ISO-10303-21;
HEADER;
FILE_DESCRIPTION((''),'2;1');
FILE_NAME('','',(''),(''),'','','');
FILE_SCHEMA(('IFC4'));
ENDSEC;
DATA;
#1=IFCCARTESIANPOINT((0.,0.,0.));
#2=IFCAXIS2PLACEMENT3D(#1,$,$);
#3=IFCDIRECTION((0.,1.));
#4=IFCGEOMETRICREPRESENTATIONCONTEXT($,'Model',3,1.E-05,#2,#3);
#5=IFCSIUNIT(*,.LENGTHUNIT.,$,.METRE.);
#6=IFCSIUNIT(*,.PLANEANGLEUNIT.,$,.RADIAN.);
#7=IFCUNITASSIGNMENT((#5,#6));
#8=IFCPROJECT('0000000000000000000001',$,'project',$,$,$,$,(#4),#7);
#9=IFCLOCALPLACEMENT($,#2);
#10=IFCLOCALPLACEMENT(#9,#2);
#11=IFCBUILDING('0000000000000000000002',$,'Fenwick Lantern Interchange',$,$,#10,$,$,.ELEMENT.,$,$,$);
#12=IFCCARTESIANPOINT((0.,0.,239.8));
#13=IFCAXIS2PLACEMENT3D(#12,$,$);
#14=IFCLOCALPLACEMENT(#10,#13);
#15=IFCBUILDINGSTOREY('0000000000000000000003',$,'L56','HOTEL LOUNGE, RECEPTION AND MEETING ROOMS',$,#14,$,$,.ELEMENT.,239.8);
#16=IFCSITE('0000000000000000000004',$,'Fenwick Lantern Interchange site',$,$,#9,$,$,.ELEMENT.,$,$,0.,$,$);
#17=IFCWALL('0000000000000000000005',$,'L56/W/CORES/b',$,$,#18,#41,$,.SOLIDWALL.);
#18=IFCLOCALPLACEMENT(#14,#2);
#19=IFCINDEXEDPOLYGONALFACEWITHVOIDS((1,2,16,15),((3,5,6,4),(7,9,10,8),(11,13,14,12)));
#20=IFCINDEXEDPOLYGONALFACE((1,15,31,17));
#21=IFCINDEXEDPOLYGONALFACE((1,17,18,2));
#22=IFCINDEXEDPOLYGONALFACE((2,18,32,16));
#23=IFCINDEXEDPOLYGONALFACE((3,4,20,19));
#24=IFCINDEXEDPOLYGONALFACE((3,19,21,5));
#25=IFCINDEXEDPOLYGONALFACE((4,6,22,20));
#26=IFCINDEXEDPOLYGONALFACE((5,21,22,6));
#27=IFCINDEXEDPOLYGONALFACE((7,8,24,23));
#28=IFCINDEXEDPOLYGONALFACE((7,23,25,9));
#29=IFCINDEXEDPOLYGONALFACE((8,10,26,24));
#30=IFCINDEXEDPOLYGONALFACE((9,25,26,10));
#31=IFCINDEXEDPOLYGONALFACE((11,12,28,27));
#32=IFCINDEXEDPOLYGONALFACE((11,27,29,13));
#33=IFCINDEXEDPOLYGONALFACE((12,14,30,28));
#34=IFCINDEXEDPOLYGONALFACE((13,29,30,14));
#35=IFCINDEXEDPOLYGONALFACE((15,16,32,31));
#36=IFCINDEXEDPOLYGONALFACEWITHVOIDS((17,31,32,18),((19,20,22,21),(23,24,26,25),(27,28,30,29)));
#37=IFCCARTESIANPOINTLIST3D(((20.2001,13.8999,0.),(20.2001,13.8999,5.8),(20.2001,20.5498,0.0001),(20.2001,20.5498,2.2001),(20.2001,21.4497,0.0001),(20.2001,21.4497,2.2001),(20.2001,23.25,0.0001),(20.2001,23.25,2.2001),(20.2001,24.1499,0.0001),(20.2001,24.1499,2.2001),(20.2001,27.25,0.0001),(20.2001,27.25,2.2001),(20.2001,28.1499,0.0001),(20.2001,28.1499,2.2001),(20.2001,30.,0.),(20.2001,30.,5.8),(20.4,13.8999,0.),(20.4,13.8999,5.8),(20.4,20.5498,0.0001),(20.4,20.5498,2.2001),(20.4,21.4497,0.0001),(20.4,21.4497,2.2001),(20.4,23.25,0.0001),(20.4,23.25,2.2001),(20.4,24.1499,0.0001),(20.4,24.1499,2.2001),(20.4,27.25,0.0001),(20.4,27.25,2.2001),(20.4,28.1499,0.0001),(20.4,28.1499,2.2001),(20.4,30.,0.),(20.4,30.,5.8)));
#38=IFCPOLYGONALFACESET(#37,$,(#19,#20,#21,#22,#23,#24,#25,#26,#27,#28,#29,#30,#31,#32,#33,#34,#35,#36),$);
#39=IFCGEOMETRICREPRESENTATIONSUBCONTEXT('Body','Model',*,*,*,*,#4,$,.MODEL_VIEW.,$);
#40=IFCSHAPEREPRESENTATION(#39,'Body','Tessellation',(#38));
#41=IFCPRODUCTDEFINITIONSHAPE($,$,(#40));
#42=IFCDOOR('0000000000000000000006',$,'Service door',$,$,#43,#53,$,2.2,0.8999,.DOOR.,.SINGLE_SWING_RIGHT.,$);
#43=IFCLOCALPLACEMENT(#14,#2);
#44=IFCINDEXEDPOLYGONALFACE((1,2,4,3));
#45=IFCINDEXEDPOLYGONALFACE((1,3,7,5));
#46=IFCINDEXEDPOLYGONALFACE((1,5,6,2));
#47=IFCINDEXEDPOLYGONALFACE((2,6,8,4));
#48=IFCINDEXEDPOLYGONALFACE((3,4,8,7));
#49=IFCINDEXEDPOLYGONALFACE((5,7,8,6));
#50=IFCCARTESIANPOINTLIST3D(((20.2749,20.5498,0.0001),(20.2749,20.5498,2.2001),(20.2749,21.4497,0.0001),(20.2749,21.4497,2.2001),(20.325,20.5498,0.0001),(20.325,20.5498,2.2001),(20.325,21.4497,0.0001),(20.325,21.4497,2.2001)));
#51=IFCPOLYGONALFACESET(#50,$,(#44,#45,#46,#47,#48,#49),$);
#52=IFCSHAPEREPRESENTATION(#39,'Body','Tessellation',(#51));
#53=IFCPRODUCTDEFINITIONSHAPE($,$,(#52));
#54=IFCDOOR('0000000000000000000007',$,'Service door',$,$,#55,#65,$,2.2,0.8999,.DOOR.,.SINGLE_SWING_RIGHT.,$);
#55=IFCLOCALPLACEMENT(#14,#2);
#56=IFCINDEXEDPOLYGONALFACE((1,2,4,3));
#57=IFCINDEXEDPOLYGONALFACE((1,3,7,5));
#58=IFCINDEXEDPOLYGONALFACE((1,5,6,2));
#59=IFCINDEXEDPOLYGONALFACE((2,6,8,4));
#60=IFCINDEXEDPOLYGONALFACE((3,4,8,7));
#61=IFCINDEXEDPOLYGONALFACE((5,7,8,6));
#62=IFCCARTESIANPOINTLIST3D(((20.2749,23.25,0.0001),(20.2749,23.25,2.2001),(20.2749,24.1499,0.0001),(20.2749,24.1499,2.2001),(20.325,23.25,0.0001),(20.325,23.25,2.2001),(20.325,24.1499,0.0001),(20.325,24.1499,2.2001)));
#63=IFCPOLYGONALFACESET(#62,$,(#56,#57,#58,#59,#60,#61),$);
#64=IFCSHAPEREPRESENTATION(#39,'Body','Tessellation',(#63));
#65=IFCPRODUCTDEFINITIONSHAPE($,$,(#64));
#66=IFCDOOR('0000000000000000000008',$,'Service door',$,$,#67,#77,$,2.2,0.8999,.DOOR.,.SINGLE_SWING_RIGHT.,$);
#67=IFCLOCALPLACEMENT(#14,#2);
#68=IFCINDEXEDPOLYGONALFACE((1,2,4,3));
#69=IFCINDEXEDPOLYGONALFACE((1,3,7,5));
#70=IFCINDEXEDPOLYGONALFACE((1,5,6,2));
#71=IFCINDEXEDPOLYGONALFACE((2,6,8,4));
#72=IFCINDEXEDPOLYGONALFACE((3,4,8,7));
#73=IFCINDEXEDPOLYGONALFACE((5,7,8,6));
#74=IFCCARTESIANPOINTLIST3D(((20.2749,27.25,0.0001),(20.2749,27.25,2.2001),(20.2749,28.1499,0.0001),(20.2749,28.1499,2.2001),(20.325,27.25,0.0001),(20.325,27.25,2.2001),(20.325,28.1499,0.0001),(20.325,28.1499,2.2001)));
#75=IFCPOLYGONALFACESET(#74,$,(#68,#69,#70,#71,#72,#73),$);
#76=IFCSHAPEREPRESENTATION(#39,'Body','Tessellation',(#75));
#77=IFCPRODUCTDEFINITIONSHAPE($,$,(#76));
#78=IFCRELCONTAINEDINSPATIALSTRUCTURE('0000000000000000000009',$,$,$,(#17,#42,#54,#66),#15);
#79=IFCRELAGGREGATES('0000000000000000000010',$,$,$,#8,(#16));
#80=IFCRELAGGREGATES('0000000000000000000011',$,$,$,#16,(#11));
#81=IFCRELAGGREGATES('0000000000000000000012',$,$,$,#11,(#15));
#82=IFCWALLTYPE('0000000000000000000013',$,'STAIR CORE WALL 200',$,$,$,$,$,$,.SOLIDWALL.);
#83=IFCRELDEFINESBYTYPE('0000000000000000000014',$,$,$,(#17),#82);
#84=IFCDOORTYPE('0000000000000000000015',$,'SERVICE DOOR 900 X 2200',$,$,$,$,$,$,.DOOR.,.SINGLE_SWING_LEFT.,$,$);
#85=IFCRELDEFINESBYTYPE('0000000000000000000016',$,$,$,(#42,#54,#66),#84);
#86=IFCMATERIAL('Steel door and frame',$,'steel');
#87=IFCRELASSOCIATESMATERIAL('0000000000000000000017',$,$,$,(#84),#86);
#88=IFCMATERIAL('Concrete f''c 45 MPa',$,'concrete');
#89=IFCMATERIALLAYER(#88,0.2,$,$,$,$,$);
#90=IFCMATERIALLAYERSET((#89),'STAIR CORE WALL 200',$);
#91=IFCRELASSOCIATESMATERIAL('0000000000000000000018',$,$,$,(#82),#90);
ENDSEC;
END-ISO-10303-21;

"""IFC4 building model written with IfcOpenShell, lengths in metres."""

from ifc_helpers import new_model, si_unit, direction, frame, frame_2d, origin, place, context, subcontext, project, spatial, rectangle, extrude, material, layer, layer_set, type_object, element, fill, save


model = new_model("IFC4")

# Units and contexts
model_context = context("Model", 3, precision=1e-05, world=origin(), true_north=direction((0.0, 1.0)))
body_context = subcontext(model_context, "Body", "Model", "MODEL_VIEW")
ifc_project = project(units=[si_unit("LENGTHUNIT", "METRE"), si_unit("PLANEANGLEUNIT", "RADIAN")], contexts=[model_context])

# Site, building, storey
site_placement = place(None, origin())
site = spatial("IfcSite", under=ifc_project, at=site_placement, Name="Fenwick Lantern Interchange site", CompositionType="ELEMENT", RefElevation=0.0)
building_placement = place(site_placement, origin())
building = spatial("IfcBuilding", under=site, at=building_placement, Name="Fenwick Lantern Interchange", CompositionType="ELEMENT")
storey_placement = place(building_placement, frame((0.0, 0.0, 239.8)))
storey = spatial("IfcBuildingStorey", under=building, at=storey_placement, Name="L56", Description="HOTEL LOUNGE, RECEPTION AND MEETING ROOMS", CompositionType="ELEMENT", Elevation=239.8)

# Wall, openings, doors
ifc_material_1 = material(Name="Steel door and frame", Category="steel")
door_type_1 = type_object("IfcDoorType", Name="SERVICE DOOR 900 X 2200", OperationType="SINGLE_SWING_LEFT", PredefinedType="DOOR", material=ifc_material_1)
ifc_material_2 = material(Name="Concrete f'c 45 MPa", Category="concrete")
ifc_layer_1 = layer(ifc_material_2, 0.2)
ifc_layer_set_1 = layer_set([ifc_layer_1], Name="STAIR CORE WALL 200")
wall_type_1 = type_object("IfcWallType", Name="STAIR CORE WALL 200", PredefinedType="SOLIDWALL", material=ifc_layer_set_1)
wall_1_placement = place(storey_placement, frame((20.3, 13.8999, 0.0), z_axis=(0.0, 0.0, 1.0), x_axis=(0.0, 1.0, 0.0)))
wall_1 = element("IfcWall", 1, at=wall_1_placement, inside=storey, type_object=wall_type_1, Name="L56/W/CORES/b", PredefinedType="SOLIDWALL", context=body_context, shape_type="SweptSolid", body=[
    extrude(rectangle(XDim=16.1001, YDim=0.2, at=frame_2d((8.05, 0.0))), origin(), (0.0, 0.0, 1.0), 5.8),
])
opening_1_placement = place(wall_1_placement, frame((6.6499, 0.0, 0.0)))
opening_1 = element("IfcOpeningElement", 2, at=opening_1_placement, cuts=wall_1, PredefinedType="OPENING", context=body_context, shape_type="SweptSolid", body=[
    extrude(rectangle(XDim=0.8999, YDim=2.2, at=frame_2d((0.45, 1.1001))), frame((0.0, 0.1099, 0.0), z_axis=(0.0, -1.0, 0.0), x_axis=(1.0, 0.0, 0.0)), (0.0, 0.0, 1.0), 0.22),
])
opening_2_placement = place(wall_1_placement, frame((9.3501, 0.0, 0.0)))
opening_2 = element("IfcOpeningElement", 3, at=opening_2_placement, cuts=wall_1, PredefinedType="OPENING", context=body_context, shape_type="SweptSolid", body=[
    extrude(rectangle(XDim=0.8999, YDim=2.2, at=frame_2d((0.45, 1.1001))), frame((0.0, 0.1099, 0.0), z_axis=(0.0, -1.0, 0.0), x_axis=(1.0, 0.0, 0.0)), (0.0, 0.0, 1.0), 0.22),
])
opening_3_placement = place(wall_1_placement, frame((13.3501, 0.0, 0.0)))
opening_3 = element("IfcOpeningElement", 4, at=opening_3_placement, cuts=wall_1, PredefinedType="OPENING", context=body_context, shape_type="SweptSolid", body=[
    extrude(rectangle(XDim=0.8999, YDim=2.2, at=frame_2d((0.45, 1.1001))), frame((0.0, 0.1099, 0.0), z_axis=(0.0, -1.0, 0.0), x_axis=(1.0, 0.0, 0.0)), (0.0, 0.0, 1.0), 0.22),
])
door_1_placement = place(opening_1_placement, frame((0.8999, 0.0, 0.0), z_axis=(0.0, 0.0, 1.0), x_axis=(-1.0, 0.0, 0.0)))
door_1 = element("IfcDoor", 5, at=door_1_placement, inside=storey, type_object=door_type_1, Name="Service door", OperationType="SINGLE_SWING_RIGHT", OverallHeight=2.2, OverallWidth=0.8999, PredefinedType="DOOR", context=body_context, shape_type="SweptSolid", body=[
    extrude(rectangle(XDim=0.8999, YDim=2.2, at=frame_2d((0.45, 1.1001))), frame((0.0, 0.0249, 0.0), z_axis=(0.0, -1.0, 0.0), x_axis=(1.0, 0.0, 0.0)), (0.0, 0.0, 1.0), 0.05),
])
fill(opening_1, door_1)
door_2_placement = place(opening_2_placement, frame((0.8999, 0.0, 0.0), z_axis=(0.0, 0.0, 1.0), x_axis=(-1.0, 0.0, 0.0)))
door_2 = element("IfcDoor", 6, at=door_2_placement, inside=storey, type_object=door_type_1, Name="Service door", OperationType="SINGLE_SWING_RIGHT", OverallHeight=2.2, OverallWidth=0.8999, PredefinedType="DOOR", context=body_context, shape_type="SweptSolid", body=[
    extrude(rectangle(XDim=0.8999, YDim=2.2, at=frame_2d((0.45, 1.1001))), frame((0.0, 0.0249, 0.0), z_axis=(0.0, -1.0, 0.0), x_axis=(1.0, 0.0, 0.0)), (0.0, 0.0, 1.0), 0.05),
])
fill(opening_2, door_2)
door_3_placement = place(opening_3_placement, frame((0.8999, 0.0, 0.0), z_axis=(0.0, 0.0, 1.0), x_axis=(-1.0, 0.0, 0.0)))
door_3 = element("IfcDoor", 7, at=door_3_placement, inside=storey, type_object=door_type_1, Name="Service door", OperationType="SINGLE_SWING_RIGHT", OverallHeight=2.2, OverallWidth=0.8999, PredefinedType="DOOR", context=body_context, shape_type="SweptSolid", body=[
    extrude(rectangle(XDim=0.8999, YDim=2.2, at=frame_2d((0.45, 1.1001))), frame((0.0, 0.0249, 0.0), z_axis=(0.0, -1.0, 0.0), x_axis=(1.0, 0.0, 0.0)), (0.0, 0.0, 1.0), 0.05),
])
fill(opening_3, door_3)

save(model, "model.ifc")
